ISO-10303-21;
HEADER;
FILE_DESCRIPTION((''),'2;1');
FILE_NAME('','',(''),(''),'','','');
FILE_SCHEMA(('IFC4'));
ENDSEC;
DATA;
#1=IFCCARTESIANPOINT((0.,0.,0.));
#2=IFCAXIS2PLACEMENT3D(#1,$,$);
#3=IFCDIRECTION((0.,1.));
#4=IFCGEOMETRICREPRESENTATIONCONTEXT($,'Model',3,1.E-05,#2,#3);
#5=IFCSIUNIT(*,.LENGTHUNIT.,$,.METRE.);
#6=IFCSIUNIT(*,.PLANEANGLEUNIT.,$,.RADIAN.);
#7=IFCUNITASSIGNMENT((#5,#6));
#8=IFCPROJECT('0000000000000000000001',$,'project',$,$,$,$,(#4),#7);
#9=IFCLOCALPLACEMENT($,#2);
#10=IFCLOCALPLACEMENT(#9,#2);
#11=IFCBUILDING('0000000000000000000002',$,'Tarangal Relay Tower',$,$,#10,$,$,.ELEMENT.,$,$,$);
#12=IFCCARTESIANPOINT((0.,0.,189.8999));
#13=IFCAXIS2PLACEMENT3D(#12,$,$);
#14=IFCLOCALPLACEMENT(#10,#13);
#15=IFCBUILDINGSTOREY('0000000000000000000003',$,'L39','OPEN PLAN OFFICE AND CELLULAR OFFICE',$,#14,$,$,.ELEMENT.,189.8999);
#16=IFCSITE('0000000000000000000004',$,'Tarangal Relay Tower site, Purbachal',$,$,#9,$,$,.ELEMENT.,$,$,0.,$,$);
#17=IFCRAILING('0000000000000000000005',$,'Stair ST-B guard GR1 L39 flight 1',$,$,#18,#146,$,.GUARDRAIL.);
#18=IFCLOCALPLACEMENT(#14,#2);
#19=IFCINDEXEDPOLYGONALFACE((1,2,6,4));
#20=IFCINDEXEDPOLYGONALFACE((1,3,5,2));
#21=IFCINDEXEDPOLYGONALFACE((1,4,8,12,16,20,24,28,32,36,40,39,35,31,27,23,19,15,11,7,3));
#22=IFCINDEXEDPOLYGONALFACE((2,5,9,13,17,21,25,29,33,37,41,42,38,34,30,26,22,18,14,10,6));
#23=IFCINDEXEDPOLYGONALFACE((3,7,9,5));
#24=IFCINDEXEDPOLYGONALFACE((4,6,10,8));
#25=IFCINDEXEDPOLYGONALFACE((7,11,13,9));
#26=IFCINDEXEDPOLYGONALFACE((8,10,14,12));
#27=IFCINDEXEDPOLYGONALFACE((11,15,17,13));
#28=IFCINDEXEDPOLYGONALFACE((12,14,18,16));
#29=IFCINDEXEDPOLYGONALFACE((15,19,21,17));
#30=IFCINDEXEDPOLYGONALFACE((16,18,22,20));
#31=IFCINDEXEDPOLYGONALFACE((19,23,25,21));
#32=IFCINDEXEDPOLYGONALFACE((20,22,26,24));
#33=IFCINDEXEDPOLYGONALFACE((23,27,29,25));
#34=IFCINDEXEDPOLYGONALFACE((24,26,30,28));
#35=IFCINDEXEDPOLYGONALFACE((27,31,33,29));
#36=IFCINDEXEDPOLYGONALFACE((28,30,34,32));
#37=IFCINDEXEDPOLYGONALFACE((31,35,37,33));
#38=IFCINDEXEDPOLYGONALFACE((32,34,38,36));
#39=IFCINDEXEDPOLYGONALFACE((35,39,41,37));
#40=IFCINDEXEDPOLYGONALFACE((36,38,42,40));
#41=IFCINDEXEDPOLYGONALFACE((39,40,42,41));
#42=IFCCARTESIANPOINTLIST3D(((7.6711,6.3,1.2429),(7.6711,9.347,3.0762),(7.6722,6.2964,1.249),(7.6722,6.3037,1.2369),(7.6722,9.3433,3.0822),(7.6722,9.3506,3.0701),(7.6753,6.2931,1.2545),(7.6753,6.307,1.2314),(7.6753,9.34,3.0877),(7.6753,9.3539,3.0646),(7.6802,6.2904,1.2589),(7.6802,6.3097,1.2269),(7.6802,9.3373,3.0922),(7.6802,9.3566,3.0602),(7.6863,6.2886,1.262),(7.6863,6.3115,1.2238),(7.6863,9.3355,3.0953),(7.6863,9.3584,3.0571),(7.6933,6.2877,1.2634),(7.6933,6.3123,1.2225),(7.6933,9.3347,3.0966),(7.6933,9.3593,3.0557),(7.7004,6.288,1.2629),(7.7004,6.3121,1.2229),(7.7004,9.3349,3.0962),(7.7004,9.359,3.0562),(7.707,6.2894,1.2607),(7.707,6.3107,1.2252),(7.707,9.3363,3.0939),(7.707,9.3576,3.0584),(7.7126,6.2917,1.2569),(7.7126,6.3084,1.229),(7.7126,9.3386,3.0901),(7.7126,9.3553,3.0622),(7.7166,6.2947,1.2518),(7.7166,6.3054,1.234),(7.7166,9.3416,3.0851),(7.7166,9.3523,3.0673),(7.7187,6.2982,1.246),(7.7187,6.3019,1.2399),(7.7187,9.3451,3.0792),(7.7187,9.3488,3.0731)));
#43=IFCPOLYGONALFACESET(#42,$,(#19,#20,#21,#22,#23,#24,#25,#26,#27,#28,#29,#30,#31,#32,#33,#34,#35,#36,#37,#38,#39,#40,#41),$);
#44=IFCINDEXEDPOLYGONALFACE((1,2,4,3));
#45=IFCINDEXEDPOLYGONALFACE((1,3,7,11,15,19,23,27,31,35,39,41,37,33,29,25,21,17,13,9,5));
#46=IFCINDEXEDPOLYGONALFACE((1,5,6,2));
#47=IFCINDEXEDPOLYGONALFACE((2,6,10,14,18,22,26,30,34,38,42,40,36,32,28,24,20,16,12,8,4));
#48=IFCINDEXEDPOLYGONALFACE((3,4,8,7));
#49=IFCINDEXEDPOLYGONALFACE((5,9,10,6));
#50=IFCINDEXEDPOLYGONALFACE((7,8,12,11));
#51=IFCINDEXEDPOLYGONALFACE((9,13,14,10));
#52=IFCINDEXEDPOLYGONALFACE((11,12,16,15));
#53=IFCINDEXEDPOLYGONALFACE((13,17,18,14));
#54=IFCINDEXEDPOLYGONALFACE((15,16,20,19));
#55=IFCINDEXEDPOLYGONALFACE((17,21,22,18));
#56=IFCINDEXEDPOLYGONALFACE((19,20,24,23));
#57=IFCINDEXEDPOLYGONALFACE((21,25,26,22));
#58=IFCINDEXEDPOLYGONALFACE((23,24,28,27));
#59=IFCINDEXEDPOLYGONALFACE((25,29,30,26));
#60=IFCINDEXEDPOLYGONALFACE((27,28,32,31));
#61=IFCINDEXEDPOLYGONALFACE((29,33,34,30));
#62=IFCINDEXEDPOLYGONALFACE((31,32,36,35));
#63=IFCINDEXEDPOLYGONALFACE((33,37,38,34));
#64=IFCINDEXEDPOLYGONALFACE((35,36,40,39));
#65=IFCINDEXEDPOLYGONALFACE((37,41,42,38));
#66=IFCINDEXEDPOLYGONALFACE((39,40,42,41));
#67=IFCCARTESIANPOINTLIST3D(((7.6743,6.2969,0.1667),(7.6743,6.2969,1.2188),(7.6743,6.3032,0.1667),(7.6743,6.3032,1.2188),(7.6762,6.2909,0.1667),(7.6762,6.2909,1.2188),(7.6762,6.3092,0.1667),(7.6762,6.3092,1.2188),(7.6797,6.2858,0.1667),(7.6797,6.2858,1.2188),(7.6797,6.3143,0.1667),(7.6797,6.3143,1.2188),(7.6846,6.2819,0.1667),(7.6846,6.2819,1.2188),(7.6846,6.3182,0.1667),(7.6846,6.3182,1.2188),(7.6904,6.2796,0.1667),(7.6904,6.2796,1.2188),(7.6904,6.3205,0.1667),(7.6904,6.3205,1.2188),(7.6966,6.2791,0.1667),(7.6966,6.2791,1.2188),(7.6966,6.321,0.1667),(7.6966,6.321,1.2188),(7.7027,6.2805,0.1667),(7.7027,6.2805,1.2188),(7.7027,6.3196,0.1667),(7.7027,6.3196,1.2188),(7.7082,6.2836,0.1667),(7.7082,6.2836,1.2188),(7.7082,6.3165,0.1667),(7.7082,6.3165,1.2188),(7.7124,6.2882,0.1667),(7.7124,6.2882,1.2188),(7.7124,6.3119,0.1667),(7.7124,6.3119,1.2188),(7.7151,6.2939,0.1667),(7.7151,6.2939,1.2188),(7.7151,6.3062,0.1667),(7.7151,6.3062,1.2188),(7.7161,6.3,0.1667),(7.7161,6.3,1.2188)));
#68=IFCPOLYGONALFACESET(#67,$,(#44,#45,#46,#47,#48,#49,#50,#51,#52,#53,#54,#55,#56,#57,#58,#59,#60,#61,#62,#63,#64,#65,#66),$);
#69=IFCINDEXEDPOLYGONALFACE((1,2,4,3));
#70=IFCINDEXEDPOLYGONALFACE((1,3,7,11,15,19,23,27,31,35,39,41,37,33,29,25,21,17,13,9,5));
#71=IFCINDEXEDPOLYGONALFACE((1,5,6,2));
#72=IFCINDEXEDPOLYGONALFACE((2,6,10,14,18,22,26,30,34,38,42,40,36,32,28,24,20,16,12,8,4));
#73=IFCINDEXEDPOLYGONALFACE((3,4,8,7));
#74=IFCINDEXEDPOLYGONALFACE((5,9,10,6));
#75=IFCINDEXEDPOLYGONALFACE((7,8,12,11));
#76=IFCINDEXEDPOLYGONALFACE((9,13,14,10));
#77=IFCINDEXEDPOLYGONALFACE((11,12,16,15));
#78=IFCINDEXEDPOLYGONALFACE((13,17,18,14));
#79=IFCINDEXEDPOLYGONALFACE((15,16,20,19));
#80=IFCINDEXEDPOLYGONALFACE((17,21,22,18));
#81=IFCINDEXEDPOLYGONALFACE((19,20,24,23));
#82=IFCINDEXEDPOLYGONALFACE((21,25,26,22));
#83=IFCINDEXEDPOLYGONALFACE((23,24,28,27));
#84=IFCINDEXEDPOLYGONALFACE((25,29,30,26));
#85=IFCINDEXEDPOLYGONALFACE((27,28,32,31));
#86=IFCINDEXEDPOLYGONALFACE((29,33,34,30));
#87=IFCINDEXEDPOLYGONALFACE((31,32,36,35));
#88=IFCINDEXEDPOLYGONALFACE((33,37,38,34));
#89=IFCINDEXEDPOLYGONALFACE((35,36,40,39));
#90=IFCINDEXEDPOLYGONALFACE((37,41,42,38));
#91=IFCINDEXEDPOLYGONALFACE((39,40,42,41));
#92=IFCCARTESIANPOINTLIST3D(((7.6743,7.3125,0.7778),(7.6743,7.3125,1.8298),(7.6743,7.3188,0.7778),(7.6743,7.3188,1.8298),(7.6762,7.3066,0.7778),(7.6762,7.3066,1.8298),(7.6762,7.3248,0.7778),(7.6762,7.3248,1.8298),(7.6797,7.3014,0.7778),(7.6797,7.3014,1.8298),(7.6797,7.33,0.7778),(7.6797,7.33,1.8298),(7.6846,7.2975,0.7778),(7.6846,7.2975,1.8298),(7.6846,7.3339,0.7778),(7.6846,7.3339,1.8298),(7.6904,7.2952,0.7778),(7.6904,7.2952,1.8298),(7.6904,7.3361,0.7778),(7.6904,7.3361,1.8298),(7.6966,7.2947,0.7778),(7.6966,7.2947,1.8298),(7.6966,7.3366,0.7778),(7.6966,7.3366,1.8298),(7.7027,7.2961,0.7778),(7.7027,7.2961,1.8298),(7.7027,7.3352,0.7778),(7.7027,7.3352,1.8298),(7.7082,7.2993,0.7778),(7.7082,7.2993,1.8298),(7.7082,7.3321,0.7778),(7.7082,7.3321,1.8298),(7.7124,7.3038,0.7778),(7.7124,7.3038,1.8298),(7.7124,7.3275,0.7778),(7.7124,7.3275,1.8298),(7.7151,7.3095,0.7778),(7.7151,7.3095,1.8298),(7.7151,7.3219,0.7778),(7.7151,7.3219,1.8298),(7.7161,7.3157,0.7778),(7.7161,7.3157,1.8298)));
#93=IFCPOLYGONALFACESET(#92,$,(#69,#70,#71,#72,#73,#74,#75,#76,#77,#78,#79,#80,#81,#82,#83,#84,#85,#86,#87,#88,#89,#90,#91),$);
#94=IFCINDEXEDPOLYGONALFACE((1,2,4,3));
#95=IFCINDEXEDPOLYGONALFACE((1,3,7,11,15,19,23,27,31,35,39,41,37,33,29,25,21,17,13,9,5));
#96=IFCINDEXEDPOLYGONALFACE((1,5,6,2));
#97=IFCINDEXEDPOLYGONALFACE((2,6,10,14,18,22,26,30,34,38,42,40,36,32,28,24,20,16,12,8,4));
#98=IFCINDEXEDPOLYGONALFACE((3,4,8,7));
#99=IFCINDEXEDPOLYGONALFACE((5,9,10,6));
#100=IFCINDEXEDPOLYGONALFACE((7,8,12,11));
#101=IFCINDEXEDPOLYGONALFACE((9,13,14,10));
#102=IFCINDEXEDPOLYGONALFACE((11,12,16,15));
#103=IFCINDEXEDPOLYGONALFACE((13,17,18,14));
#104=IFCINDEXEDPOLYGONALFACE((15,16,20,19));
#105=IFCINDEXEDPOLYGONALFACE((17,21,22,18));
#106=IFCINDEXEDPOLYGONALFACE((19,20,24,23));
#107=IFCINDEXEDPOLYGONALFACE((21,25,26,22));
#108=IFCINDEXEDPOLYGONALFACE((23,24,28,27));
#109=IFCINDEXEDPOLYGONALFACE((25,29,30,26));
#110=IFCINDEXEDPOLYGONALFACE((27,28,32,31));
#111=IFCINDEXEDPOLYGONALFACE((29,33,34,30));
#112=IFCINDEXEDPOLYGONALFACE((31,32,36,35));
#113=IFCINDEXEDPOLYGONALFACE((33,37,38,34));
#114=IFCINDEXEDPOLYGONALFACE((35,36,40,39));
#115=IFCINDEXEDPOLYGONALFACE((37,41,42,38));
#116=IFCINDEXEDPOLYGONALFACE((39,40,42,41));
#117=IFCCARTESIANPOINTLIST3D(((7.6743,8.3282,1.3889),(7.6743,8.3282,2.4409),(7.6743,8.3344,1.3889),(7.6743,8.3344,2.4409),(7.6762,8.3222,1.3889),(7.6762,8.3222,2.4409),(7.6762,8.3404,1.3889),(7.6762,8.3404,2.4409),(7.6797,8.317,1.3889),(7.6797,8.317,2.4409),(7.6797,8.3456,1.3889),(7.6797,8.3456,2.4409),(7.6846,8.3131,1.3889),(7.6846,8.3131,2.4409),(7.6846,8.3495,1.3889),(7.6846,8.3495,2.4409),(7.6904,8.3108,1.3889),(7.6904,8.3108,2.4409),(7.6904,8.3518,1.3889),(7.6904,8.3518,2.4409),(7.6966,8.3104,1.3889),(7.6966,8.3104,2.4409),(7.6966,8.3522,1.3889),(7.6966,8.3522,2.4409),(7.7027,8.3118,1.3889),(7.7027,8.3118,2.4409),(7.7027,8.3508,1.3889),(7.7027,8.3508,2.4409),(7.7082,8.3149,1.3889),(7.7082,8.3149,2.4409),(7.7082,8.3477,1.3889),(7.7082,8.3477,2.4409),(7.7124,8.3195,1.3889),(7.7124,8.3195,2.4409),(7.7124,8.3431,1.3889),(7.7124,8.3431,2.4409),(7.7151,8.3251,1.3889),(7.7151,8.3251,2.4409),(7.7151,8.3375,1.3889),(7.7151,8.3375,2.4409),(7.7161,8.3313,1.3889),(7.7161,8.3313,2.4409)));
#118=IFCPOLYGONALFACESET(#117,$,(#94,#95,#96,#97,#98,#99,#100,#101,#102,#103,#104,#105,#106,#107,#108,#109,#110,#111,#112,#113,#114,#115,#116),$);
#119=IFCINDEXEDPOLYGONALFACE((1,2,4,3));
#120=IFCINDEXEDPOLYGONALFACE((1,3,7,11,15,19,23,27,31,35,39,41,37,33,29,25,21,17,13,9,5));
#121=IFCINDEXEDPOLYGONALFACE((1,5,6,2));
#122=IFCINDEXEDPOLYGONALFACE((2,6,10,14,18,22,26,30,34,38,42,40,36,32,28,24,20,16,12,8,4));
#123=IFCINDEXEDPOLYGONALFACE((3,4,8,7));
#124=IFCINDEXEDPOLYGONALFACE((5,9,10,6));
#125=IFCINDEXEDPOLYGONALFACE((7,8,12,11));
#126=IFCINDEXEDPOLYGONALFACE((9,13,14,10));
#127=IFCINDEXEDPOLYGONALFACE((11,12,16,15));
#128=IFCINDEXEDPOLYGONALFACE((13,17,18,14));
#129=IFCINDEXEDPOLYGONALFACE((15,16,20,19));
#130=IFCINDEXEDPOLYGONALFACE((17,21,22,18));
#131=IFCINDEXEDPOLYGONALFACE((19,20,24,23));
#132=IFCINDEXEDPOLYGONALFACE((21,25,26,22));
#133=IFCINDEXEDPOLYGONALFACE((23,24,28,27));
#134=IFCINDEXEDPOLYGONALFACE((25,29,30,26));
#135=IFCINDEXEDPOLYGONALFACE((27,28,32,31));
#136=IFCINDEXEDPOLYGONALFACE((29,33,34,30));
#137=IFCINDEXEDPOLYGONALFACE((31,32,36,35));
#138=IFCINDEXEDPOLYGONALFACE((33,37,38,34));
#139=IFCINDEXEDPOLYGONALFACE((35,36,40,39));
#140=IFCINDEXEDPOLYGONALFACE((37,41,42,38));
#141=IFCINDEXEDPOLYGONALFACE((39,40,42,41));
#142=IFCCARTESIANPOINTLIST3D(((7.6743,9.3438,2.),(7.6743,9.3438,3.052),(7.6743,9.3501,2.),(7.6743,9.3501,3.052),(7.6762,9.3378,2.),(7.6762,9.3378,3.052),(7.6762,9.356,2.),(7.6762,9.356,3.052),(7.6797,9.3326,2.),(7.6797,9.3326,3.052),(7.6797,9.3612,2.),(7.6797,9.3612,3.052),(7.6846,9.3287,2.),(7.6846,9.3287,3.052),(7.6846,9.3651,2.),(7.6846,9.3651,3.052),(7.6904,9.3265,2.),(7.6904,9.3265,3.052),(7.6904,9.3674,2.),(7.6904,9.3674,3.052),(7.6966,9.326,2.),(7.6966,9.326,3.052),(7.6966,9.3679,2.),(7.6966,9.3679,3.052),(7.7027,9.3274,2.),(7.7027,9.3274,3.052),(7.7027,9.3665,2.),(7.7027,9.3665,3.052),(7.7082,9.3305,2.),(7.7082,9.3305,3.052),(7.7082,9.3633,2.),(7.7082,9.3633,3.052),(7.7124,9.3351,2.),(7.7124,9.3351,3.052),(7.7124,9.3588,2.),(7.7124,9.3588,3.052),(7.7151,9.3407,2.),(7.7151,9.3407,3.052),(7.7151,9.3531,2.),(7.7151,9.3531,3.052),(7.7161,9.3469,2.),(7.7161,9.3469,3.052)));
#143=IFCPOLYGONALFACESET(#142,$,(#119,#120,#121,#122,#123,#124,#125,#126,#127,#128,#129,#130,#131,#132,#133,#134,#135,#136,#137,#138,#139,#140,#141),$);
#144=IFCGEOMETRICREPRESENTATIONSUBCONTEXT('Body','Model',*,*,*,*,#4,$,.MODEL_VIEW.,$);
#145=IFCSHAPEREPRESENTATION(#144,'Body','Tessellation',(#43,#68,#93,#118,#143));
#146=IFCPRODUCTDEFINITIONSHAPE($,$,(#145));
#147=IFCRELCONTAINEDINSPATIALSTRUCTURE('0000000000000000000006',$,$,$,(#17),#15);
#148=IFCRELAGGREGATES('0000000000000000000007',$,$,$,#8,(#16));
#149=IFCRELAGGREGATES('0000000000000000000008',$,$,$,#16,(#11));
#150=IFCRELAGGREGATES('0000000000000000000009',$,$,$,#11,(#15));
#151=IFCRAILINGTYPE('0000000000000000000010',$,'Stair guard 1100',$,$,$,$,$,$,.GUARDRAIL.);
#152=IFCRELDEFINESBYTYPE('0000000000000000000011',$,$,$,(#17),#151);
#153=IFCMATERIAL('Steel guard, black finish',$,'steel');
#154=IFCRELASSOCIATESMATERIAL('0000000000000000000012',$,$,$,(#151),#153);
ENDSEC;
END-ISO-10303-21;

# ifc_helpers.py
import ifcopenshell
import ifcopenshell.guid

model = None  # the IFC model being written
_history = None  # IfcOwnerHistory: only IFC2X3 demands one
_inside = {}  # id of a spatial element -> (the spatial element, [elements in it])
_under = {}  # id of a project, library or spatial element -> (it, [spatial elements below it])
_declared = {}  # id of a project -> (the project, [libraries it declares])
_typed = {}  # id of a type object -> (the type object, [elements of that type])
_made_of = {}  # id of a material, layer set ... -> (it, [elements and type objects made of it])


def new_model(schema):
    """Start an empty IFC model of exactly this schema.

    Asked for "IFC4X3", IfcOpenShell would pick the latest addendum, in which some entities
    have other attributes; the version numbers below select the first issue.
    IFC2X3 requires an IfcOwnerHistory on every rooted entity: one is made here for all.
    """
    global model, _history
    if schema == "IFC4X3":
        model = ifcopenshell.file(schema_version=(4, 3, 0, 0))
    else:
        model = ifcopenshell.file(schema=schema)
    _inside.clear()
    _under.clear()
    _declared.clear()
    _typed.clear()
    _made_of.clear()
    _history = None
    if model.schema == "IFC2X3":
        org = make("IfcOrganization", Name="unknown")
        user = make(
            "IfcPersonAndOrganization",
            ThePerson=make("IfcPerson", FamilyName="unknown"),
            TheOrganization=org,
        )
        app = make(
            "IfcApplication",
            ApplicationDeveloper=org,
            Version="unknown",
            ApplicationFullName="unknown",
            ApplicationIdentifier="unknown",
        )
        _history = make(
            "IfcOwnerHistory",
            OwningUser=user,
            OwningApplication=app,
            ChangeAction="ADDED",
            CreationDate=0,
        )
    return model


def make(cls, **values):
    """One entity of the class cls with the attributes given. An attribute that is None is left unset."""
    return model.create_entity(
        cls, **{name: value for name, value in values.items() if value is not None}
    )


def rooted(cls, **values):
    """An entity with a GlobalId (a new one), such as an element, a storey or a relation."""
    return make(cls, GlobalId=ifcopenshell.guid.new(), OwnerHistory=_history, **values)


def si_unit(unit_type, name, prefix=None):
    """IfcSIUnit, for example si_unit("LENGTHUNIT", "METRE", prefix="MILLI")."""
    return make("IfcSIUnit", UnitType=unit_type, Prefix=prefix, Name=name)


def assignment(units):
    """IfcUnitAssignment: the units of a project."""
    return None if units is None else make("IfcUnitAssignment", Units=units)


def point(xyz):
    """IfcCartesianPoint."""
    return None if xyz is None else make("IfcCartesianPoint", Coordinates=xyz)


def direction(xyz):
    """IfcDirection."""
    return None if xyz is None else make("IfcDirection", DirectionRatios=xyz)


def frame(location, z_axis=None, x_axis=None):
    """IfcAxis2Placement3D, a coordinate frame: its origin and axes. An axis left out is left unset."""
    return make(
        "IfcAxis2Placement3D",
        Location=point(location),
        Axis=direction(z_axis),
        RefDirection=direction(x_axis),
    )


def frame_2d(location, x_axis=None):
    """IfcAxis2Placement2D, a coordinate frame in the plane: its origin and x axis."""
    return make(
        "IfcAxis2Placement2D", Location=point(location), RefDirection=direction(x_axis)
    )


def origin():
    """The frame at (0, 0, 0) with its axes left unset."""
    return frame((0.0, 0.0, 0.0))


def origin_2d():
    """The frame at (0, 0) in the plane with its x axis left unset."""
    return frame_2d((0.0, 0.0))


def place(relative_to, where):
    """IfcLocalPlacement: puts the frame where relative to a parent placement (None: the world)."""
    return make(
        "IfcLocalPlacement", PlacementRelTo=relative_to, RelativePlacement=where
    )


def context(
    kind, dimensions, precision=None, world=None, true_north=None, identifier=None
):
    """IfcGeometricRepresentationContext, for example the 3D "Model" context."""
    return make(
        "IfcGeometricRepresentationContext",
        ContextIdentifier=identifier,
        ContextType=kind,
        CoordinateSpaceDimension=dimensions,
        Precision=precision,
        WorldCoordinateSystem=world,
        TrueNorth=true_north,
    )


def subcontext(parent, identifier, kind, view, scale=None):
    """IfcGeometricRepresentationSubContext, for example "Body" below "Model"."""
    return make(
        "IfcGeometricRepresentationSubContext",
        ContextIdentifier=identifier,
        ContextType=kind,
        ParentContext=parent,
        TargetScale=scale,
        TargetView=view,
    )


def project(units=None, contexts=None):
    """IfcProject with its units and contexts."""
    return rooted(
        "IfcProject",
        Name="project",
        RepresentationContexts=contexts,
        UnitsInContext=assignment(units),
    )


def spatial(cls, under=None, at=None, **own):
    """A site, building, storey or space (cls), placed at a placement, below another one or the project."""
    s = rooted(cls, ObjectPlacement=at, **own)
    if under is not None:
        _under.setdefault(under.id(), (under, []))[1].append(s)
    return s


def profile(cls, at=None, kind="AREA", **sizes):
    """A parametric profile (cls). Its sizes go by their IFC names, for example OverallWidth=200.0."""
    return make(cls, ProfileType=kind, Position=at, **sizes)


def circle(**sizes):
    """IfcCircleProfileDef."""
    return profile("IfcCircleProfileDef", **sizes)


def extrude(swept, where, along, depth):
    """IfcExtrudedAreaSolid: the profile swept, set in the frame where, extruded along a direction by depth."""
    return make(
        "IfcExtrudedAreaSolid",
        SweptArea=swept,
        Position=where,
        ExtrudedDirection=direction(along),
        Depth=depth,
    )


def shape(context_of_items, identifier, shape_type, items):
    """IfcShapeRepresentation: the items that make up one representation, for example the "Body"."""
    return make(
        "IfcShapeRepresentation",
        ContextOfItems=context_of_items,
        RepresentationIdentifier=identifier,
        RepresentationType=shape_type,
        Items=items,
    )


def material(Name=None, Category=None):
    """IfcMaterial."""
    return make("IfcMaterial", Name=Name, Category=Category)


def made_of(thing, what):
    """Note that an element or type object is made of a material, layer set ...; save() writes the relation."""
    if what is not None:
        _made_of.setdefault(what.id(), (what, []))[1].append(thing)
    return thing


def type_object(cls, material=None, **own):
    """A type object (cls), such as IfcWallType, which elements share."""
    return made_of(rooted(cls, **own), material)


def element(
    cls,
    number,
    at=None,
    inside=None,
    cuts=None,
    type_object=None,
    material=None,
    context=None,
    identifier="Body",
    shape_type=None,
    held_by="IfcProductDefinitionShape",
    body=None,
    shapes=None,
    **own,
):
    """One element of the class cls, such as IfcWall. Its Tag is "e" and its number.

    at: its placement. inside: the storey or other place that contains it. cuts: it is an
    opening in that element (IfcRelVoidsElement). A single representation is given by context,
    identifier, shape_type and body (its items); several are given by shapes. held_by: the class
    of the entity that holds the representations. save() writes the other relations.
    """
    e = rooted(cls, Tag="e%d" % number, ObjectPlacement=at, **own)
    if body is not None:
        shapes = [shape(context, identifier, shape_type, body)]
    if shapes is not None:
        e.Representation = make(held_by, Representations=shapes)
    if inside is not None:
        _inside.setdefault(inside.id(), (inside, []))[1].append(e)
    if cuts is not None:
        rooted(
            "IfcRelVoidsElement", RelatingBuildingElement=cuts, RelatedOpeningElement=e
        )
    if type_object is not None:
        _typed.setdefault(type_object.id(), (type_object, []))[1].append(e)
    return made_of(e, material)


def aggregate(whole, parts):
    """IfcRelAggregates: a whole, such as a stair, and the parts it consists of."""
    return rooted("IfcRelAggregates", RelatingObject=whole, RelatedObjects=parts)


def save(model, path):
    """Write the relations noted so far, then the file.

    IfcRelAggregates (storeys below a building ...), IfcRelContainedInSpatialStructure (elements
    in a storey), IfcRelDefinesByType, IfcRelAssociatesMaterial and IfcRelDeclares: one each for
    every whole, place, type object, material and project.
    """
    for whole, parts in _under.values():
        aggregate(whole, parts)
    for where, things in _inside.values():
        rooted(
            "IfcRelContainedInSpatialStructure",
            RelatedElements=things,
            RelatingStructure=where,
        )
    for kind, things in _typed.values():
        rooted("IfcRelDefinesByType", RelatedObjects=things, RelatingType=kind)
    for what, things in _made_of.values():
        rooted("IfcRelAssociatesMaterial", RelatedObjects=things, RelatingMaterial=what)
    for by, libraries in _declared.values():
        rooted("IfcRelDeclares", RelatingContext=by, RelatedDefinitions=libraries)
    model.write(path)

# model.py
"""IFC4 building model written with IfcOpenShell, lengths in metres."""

from ifc_helpers import new_model, si_unit, direction, frame, origin, origin_2d, place, context, subcontext, project, spatial, circle, extrude, material, type_object, element, save


model = new_model("IFC4")

# Units and contexts
model_context = context("Model", 3, precision=1e-05, world=origin(), true_north=direction((0.0, 1.0)))
body_context = subcontext(model_context, "Body", "Model", "MODEL_VIEW")
ifc_project = project(units=[si_unit("LENGTHUNIT", "METRE"), si_unit("PLANEANGLEUNIT", "RADIAN")], contexts=[model_context])

# Site, building, storey
site_placement = place(None, origin())
site = spatial("IfcSite", under=ifc_project, at=site_placement, Name="Tarangal Relay Tower site, Purbachal", CompositionType="ELEMENT", RefElevation=0.0)
building_placement = place(site_placement, origin())
building = spatial("IfcBuilding", under=site, at=building_placement, Name="Tarangal Relay Tower", CompositionType="ELEMENT")
storey_placement = place(building_placement, frame((0.0, 0.0, 189.8999)))
storey = spatial("IfcBuildingStorey", under=building, at=storey_placement, Name="L39", Description="OPEN PLAN OFFICE AND CELLULAR OFFICE", CompositionType="ELEMENT", Elevation=189.8999)

# Railing
ifc_material_1 = material(Name="Steel guard, black finish", Category="steel")
railing_type_1 = type_object("IfcRailingType", Name="Stair guard 1100", PredefinedType="GUARDRAIL", material=ifc_material_1)
railing_1_placement = place(storey_placement, frame((7.6951, 6.3, 0.1667)))
element("IfcRailing", 1, at=railing_1_placement, inside=storey, type_object=railing_type_1, Name="Stair ST-B guard GR1 L39 flight 1", PredefinedType="GUARDRAIL", context=body_context, shape_type="SweptSolid", body=[
    extrude(circle(Radius=0.0239, at=origin_2d()), frame((0.0, 0.0, 1.0762), z_axis=(0.0, 0.856856, 0.515556), x_axis=(-1.0, 0.0, 0.0)), (0.0, 0.0, 1.0), 3.5559),
    extrude(circle(Radius=0.021, at=origin_2d()), origin(), (0.0, 0.0, 1.0), 1.052),
    extrude(circle(Radius=0.021, at=origin_2d()), frame((0.0, 1.0156, 0.6111)), (0.0, 0.0, 1.0), 1.052),
    extrude(circle(Radius=0.021, at=origin_2d()), frame((0.0, 2.0312, 1.2222)), (0.0, 0.0, 1.0), 1.052),
    extrude(circle(Radius=0.021, at=origin_2d()), frame((0.0, 3.0469, 1.8333)), (0.0, 0.0, 1.0), 1.052),
])

save(model, "model.ifc")
